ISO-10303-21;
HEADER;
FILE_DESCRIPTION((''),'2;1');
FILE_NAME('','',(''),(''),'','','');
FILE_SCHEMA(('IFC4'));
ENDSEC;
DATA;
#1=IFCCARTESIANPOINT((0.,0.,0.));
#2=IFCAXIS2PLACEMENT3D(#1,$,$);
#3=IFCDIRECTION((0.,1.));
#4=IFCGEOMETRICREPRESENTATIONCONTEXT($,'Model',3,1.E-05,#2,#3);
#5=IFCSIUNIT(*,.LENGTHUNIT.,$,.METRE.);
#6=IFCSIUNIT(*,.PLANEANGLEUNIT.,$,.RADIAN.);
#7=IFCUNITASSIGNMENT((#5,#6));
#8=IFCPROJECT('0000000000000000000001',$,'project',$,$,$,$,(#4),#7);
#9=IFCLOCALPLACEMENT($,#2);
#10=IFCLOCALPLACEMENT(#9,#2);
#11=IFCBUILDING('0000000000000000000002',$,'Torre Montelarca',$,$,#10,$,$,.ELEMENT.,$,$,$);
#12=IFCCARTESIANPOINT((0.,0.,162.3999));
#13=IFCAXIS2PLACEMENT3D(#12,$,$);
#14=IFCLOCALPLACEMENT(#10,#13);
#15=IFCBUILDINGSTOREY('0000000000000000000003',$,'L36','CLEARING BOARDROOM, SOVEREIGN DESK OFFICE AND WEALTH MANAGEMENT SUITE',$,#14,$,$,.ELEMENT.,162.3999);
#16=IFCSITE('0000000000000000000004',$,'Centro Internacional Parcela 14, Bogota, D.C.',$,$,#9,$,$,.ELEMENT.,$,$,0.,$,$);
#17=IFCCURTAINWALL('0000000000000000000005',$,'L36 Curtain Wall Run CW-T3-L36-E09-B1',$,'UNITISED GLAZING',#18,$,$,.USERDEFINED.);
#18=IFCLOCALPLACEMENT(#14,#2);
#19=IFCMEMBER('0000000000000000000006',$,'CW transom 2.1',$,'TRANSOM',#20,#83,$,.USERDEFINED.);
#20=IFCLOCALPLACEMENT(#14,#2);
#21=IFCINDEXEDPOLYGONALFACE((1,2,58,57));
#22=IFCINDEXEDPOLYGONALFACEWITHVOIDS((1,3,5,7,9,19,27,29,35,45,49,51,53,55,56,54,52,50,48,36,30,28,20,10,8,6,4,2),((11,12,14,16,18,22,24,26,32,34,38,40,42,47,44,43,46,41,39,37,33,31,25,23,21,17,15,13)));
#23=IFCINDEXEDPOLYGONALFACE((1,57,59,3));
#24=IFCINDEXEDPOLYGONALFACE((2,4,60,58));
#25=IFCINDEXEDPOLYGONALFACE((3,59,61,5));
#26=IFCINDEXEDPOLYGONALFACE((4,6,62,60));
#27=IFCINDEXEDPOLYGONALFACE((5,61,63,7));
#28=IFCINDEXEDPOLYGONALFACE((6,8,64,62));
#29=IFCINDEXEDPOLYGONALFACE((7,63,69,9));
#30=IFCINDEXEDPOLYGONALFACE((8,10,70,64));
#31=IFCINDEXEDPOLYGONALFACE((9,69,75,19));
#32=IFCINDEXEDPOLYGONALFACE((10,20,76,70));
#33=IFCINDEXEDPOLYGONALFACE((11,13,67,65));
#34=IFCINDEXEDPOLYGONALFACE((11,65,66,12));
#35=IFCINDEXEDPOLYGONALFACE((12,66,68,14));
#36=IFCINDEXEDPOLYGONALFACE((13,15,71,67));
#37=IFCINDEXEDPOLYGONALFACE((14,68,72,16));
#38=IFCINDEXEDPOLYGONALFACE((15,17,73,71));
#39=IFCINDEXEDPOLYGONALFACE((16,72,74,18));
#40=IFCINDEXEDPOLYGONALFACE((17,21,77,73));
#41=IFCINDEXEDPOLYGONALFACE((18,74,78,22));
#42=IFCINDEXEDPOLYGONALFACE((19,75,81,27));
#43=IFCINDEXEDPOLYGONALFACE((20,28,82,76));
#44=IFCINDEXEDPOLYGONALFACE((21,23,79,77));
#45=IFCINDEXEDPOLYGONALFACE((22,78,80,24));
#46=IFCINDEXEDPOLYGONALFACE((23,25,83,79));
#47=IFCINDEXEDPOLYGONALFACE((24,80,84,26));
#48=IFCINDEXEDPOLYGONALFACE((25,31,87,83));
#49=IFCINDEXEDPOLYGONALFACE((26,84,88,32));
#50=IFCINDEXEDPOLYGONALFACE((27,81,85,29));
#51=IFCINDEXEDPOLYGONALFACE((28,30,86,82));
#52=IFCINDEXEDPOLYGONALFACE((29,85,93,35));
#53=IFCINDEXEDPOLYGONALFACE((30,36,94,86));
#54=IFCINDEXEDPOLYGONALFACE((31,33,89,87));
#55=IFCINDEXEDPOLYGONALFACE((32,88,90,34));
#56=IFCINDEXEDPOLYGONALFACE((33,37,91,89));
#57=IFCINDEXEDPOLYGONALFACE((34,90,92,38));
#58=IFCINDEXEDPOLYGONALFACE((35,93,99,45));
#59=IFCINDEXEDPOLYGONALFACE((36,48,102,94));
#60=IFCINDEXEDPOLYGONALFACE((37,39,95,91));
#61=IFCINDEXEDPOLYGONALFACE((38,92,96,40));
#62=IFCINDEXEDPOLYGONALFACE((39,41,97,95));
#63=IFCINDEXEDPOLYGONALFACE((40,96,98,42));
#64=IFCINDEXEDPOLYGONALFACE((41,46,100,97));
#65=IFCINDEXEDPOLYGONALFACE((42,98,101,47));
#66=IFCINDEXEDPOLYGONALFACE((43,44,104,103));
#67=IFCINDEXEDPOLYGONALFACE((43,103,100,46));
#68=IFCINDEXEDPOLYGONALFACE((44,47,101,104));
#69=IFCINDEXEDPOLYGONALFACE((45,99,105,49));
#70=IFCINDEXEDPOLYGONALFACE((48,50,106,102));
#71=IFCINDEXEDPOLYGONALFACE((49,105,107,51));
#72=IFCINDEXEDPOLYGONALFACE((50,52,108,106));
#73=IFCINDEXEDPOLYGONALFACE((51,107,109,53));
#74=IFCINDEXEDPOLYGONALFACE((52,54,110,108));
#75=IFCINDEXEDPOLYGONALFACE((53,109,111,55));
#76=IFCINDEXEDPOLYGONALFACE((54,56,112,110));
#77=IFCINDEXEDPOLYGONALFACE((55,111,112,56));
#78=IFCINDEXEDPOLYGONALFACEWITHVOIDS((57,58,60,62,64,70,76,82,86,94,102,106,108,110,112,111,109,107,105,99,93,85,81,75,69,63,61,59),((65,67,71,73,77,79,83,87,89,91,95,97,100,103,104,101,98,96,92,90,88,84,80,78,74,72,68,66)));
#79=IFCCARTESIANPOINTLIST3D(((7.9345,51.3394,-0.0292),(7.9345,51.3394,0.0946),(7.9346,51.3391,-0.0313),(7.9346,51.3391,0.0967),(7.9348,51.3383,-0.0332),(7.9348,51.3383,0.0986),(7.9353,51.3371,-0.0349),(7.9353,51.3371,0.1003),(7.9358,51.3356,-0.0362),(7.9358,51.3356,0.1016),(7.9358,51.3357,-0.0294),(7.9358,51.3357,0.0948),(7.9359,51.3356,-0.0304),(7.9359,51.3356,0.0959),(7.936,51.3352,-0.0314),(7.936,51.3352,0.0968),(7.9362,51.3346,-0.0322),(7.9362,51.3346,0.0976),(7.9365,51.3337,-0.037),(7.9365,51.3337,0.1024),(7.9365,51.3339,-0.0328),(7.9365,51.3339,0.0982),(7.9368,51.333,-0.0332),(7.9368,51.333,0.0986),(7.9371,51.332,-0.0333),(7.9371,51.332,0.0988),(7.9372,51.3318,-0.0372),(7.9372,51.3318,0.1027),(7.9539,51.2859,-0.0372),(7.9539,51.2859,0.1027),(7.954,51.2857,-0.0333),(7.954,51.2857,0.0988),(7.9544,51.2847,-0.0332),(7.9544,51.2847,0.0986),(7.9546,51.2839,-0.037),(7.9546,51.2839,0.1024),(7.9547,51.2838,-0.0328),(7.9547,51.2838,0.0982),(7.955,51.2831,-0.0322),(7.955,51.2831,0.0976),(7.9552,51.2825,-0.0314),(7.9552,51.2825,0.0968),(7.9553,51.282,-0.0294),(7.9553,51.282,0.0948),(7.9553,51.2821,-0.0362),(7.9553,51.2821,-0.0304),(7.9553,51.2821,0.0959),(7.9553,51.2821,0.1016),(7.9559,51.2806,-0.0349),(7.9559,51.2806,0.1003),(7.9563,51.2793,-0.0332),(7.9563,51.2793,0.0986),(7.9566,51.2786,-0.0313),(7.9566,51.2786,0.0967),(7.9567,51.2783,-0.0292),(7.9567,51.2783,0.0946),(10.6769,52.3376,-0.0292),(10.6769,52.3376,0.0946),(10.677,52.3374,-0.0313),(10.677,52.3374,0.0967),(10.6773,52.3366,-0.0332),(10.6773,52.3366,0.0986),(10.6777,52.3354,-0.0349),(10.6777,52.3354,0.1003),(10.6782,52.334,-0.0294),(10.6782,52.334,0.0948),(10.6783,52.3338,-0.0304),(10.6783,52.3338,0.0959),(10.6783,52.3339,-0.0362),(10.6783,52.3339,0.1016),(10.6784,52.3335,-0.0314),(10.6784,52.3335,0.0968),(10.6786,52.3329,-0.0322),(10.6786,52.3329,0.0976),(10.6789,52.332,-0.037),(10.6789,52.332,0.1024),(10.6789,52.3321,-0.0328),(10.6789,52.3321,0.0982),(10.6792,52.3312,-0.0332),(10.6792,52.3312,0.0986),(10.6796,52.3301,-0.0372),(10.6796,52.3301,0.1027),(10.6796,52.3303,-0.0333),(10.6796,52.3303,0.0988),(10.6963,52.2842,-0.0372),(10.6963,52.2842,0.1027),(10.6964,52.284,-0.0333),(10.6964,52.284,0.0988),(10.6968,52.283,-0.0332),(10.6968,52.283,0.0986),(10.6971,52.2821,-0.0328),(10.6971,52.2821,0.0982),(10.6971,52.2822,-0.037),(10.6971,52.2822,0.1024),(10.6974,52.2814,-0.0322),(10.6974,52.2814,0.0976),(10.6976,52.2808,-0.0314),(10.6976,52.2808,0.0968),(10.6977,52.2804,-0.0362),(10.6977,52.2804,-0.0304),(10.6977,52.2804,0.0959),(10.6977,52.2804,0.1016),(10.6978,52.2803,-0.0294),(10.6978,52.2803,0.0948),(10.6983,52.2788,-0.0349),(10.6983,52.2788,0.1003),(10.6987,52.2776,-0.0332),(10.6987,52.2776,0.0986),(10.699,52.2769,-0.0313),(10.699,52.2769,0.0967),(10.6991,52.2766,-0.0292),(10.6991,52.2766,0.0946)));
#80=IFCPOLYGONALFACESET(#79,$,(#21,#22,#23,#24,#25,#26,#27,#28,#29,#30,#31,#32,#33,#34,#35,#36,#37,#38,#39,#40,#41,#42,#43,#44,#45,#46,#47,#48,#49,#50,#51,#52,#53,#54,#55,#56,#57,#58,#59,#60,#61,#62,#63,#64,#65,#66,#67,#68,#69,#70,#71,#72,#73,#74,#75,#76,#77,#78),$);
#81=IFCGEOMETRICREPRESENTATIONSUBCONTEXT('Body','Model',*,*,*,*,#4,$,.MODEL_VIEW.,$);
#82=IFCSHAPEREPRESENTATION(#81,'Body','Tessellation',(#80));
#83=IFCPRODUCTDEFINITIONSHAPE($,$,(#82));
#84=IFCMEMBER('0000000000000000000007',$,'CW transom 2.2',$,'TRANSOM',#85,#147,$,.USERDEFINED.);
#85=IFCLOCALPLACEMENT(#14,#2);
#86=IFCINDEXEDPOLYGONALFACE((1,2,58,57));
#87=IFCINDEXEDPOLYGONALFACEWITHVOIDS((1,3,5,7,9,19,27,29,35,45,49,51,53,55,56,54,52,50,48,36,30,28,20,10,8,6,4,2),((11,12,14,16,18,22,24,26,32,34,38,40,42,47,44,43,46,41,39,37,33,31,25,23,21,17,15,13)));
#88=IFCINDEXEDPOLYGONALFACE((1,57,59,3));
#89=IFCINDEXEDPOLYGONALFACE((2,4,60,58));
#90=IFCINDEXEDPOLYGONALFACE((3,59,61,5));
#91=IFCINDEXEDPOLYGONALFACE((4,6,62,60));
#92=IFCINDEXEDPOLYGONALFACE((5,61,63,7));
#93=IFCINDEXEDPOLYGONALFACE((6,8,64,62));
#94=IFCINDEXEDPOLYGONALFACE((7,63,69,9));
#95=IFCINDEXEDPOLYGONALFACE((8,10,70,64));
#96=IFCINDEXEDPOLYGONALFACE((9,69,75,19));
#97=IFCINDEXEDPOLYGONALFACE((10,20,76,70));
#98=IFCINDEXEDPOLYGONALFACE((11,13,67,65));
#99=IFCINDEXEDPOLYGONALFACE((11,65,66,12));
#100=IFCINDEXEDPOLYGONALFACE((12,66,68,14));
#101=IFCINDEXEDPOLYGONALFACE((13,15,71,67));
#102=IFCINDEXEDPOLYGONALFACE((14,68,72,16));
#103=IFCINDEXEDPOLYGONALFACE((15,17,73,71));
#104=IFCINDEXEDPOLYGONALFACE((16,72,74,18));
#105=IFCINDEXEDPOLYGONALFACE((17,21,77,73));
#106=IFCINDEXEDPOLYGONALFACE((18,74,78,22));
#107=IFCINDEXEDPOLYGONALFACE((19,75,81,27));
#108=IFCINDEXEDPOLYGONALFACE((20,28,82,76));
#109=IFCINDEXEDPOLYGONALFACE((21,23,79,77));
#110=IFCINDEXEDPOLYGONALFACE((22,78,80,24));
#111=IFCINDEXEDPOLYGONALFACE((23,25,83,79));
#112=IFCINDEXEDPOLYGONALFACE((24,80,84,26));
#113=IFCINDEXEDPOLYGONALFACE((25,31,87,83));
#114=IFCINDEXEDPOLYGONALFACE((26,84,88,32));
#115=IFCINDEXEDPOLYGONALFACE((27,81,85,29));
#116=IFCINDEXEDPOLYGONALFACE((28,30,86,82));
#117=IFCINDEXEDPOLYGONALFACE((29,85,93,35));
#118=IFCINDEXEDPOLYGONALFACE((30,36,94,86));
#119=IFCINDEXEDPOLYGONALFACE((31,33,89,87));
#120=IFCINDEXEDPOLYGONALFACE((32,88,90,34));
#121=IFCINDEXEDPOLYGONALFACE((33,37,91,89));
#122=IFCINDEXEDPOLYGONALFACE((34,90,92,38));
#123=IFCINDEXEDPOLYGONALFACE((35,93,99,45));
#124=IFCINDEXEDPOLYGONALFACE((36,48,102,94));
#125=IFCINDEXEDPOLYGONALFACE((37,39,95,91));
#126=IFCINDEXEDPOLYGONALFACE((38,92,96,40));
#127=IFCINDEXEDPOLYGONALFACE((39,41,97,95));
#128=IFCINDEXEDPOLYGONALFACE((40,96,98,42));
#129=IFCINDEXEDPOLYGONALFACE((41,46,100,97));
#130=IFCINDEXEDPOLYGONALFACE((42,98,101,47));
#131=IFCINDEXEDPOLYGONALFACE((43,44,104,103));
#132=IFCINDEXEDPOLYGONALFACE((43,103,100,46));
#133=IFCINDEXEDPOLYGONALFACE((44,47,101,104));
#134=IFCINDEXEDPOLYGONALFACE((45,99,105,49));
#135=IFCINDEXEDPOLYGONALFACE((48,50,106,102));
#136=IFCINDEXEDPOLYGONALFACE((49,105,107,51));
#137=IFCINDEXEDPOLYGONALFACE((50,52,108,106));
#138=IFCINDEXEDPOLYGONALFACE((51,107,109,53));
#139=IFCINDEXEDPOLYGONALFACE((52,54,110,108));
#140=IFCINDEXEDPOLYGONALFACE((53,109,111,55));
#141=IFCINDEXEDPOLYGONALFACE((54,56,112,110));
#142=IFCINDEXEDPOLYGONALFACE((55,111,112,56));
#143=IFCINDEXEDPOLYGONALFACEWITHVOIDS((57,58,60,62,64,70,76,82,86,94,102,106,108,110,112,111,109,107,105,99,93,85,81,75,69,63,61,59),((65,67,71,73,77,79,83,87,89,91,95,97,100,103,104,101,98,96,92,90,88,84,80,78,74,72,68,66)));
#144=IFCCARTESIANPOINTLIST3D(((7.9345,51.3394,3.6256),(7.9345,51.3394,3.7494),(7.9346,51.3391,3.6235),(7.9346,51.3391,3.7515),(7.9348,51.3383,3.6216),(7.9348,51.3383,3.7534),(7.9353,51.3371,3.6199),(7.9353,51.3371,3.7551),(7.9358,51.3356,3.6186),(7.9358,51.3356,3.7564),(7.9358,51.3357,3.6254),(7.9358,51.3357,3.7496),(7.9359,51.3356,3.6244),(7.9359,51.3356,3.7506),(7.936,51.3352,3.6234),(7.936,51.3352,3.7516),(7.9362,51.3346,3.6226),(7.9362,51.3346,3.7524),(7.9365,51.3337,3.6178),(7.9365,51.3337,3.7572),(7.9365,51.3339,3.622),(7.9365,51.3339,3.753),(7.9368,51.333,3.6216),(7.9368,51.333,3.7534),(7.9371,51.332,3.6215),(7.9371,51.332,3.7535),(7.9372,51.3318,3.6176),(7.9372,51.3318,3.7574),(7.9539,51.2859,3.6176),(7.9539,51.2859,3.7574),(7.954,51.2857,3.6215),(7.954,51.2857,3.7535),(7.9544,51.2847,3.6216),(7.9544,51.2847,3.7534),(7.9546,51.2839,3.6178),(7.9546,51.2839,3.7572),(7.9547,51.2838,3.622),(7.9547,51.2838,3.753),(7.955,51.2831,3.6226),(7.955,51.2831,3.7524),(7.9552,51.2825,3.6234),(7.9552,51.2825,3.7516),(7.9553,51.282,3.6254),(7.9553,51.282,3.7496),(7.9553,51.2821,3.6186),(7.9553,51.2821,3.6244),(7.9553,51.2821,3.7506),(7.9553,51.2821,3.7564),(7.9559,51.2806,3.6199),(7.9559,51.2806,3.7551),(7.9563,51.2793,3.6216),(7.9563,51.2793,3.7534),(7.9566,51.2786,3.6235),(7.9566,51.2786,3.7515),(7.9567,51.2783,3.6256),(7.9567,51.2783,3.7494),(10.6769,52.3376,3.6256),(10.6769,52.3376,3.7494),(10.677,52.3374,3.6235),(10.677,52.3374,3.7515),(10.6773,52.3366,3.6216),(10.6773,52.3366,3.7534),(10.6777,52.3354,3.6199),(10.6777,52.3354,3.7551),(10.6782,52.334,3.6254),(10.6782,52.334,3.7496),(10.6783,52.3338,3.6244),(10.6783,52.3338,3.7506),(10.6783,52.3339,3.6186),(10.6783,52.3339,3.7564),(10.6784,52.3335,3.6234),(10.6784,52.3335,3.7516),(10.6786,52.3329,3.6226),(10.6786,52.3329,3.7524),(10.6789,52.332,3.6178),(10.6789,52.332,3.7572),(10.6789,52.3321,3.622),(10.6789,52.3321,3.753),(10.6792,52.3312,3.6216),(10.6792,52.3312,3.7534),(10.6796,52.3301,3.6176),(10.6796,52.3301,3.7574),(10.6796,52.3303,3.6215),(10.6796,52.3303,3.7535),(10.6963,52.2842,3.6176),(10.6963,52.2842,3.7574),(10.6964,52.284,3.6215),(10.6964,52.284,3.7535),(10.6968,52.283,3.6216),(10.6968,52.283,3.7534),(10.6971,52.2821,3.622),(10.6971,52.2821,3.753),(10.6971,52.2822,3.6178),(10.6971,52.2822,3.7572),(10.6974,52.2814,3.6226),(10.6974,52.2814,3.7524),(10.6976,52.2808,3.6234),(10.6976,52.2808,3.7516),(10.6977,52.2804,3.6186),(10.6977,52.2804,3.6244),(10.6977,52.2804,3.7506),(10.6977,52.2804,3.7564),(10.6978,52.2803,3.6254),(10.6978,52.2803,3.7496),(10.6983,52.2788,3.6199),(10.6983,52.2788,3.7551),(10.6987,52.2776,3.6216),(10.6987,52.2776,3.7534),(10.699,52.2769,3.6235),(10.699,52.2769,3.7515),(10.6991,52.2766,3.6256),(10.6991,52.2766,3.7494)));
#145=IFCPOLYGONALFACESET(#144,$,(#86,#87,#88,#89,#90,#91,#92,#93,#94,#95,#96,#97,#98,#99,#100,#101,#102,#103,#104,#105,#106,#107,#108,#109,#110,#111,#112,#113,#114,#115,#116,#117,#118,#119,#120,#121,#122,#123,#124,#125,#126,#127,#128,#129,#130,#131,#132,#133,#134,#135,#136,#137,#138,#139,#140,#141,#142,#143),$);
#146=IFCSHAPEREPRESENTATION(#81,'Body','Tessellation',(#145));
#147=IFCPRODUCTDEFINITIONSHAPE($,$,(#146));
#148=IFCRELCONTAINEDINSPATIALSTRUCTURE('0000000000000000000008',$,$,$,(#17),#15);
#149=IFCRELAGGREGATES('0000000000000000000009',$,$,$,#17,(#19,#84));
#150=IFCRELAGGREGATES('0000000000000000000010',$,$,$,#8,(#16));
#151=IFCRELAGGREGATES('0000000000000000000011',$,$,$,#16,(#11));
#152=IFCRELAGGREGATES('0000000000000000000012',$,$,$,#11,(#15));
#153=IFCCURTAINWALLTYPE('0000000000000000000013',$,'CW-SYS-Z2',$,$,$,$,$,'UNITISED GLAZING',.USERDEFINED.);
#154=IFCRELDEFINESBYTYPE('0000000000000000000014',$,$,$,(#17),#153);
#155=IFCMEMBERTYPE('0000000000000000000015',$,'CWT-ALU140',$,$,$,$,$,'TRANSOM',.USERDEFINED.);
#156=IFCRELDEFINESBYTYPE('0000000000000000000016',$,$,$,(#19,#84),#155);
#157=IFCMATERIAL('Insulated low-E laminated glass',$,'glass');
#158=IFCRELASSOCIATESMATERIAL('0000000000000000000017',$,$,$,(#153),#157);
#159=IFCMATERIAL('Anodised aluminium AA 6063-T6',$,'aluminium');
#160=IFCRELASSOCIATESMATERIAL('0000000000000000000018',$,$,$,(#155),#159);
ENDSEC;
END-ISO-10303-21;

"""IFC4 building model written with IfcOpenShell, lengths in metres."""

from ifc_helpers import new_model, si_unit, direction, frame, origin, origin_2d, place, context, subcontext, project, spatial, hollow_rectangle, extrude, source, transform, mapped, material, material_profile, profile_set, type_object, element, aggregate, save


model = new_model("IFC4")

# Units and contexts
model_context = context("Model", 3, precision=1e-05, world=origin(), true_north=direction((0.0, 1.0)))
body_context = subcontext(model_context, "Body", "Model", "MODEL_VIEW")
ifc_project = project(units=[si_unit("LENGTHUNIT", "METRE"), si_unit("PLANEANGLEUNIT", "RADIAN")], contexts=[model_context])

# Site, building, storey
site_placement = place(None, origin())
site = spatial("IfcSite", under=ifc_project, at=site_placement, Name="Centro Internacional Parcela 14, Bogota, D.C.", CompositionType="ELEMENT", RefElevation=0.0)
building_placement = place(site_placement, origin())
building = spatial("IfcBuilding", under=site, at=building_placement, Name="Torre Montelarca", CompositionType="ELEMENT")
storey_placement = place(building_placement, frame((0.0, 0.0, 162.3999)))
storey = spatial("IfcBuildingStorey", under=building, at=storey_placement, Name="L36", Description="CLEARING BOARDROOM, SOVEREIGN DESK OFFICE AND WEALTH MANAGEMENT SUITE", CompositionType="ELEMENT", Elevation=162.3999)

# Curtain wall, members
ifc_material_1 = material(Name="Insulated low-E laminated glass", Category="glass")
curtain_wall_type = type_object("IfcCurtainWallType", Name="CW-SYS-Z2", ElementType="UNITISED GLAZING", PredefinedType="USERDEFINED", material=ifc_material_1)
curtain_wall_1_placement = place(storey_placement, origin())
curtain_wall_1 = element("IfcCurtainWall", 1, at=curtain_wall_1_placement, inside=storey, type_object=curtain_wall_type, Name="L36 Curtain Wall Run CW-T3-L36-E09-B1", ObjectType="UNITISED GLAZING", PredefinedType="USERDEFINED")
ifc_material_2 = material(Name="Anodised aluminium AA 6063-T6", Category="aluminium")
ifc_material_profile_1 = material_profile(ifc_material_2, hollow_rectangle(XDim=0.0649, YDim=0.1399, WallThickness=0.0039, InnerFilletRadius=0.0039, OuterFilletRadius=0.0081, at=origin_2d()), Name="ALU65X140X4", Category="aluminium")
ifc_profile_set_1 = profile_set([ifc_material_profile_1], Name="Anodised aluminium AA 6063-T6")
member_type_1 = type_object("IfcMemberType", Name="CWT-ALU140", ElementType="TRANSOM", PredefinedType="USERDEFINED", material=ifc_profile_set_1)
shared_shape_1 = source(origin(), body_context, "Body", "SweptSolid", [
    extrude(hollow_rectangle(XDim=0.0649, YDim=0.1399, WallThickness=0.0039, InnerFilletRadius=0.0039, OuterFilletRadius=0.0081, at=origin_2d()), origin(), (0.0, 0.0, 1.0), 2.9185),
])
member_1_placement = place(storey_placement, frame((10.688, 52.3071, 0.0327), z_axis=(-0.939679, -0.342059, 0.0), x_axis=(0.342059, -0.939679, 0.0)))
member_1 = element("IfcMember", 2, at=member_1_placement, type_object=member_type_1, Name="CW transom 2.1", ObjectType="TRANSOM", PredefinedType="USERDEFINED", context=body_context, shape_type="MappedRepresentation", body=[
    mapped(shared_shape_1, transform((0.0, 0.0, 0.0), scale=1.0)),
])
member_2_placement = place(storey_placement, frame((10.688, 52.3071, 3.6875), z_axis=(-0.939679, -0.342059, 0.0), x_axis=(0.342059, -0.939679, 0.0)))
member_2 = element("IfcMember", 3, at=member_2_placement, type_object=member_type_1, Name="CW transom 2.2", ObjectType="TRANSOM", PredefinedType="USERDEFINED", context=body_context, shape_type="MappedRepresentation", body=[
    mapped(shared_shape_1, transform((0.0, 0.0, 0.0), scale=1.0)),
])

aggregate(curtain_wall_1, [member_1, member_2])

save(model, "model.ifc")
